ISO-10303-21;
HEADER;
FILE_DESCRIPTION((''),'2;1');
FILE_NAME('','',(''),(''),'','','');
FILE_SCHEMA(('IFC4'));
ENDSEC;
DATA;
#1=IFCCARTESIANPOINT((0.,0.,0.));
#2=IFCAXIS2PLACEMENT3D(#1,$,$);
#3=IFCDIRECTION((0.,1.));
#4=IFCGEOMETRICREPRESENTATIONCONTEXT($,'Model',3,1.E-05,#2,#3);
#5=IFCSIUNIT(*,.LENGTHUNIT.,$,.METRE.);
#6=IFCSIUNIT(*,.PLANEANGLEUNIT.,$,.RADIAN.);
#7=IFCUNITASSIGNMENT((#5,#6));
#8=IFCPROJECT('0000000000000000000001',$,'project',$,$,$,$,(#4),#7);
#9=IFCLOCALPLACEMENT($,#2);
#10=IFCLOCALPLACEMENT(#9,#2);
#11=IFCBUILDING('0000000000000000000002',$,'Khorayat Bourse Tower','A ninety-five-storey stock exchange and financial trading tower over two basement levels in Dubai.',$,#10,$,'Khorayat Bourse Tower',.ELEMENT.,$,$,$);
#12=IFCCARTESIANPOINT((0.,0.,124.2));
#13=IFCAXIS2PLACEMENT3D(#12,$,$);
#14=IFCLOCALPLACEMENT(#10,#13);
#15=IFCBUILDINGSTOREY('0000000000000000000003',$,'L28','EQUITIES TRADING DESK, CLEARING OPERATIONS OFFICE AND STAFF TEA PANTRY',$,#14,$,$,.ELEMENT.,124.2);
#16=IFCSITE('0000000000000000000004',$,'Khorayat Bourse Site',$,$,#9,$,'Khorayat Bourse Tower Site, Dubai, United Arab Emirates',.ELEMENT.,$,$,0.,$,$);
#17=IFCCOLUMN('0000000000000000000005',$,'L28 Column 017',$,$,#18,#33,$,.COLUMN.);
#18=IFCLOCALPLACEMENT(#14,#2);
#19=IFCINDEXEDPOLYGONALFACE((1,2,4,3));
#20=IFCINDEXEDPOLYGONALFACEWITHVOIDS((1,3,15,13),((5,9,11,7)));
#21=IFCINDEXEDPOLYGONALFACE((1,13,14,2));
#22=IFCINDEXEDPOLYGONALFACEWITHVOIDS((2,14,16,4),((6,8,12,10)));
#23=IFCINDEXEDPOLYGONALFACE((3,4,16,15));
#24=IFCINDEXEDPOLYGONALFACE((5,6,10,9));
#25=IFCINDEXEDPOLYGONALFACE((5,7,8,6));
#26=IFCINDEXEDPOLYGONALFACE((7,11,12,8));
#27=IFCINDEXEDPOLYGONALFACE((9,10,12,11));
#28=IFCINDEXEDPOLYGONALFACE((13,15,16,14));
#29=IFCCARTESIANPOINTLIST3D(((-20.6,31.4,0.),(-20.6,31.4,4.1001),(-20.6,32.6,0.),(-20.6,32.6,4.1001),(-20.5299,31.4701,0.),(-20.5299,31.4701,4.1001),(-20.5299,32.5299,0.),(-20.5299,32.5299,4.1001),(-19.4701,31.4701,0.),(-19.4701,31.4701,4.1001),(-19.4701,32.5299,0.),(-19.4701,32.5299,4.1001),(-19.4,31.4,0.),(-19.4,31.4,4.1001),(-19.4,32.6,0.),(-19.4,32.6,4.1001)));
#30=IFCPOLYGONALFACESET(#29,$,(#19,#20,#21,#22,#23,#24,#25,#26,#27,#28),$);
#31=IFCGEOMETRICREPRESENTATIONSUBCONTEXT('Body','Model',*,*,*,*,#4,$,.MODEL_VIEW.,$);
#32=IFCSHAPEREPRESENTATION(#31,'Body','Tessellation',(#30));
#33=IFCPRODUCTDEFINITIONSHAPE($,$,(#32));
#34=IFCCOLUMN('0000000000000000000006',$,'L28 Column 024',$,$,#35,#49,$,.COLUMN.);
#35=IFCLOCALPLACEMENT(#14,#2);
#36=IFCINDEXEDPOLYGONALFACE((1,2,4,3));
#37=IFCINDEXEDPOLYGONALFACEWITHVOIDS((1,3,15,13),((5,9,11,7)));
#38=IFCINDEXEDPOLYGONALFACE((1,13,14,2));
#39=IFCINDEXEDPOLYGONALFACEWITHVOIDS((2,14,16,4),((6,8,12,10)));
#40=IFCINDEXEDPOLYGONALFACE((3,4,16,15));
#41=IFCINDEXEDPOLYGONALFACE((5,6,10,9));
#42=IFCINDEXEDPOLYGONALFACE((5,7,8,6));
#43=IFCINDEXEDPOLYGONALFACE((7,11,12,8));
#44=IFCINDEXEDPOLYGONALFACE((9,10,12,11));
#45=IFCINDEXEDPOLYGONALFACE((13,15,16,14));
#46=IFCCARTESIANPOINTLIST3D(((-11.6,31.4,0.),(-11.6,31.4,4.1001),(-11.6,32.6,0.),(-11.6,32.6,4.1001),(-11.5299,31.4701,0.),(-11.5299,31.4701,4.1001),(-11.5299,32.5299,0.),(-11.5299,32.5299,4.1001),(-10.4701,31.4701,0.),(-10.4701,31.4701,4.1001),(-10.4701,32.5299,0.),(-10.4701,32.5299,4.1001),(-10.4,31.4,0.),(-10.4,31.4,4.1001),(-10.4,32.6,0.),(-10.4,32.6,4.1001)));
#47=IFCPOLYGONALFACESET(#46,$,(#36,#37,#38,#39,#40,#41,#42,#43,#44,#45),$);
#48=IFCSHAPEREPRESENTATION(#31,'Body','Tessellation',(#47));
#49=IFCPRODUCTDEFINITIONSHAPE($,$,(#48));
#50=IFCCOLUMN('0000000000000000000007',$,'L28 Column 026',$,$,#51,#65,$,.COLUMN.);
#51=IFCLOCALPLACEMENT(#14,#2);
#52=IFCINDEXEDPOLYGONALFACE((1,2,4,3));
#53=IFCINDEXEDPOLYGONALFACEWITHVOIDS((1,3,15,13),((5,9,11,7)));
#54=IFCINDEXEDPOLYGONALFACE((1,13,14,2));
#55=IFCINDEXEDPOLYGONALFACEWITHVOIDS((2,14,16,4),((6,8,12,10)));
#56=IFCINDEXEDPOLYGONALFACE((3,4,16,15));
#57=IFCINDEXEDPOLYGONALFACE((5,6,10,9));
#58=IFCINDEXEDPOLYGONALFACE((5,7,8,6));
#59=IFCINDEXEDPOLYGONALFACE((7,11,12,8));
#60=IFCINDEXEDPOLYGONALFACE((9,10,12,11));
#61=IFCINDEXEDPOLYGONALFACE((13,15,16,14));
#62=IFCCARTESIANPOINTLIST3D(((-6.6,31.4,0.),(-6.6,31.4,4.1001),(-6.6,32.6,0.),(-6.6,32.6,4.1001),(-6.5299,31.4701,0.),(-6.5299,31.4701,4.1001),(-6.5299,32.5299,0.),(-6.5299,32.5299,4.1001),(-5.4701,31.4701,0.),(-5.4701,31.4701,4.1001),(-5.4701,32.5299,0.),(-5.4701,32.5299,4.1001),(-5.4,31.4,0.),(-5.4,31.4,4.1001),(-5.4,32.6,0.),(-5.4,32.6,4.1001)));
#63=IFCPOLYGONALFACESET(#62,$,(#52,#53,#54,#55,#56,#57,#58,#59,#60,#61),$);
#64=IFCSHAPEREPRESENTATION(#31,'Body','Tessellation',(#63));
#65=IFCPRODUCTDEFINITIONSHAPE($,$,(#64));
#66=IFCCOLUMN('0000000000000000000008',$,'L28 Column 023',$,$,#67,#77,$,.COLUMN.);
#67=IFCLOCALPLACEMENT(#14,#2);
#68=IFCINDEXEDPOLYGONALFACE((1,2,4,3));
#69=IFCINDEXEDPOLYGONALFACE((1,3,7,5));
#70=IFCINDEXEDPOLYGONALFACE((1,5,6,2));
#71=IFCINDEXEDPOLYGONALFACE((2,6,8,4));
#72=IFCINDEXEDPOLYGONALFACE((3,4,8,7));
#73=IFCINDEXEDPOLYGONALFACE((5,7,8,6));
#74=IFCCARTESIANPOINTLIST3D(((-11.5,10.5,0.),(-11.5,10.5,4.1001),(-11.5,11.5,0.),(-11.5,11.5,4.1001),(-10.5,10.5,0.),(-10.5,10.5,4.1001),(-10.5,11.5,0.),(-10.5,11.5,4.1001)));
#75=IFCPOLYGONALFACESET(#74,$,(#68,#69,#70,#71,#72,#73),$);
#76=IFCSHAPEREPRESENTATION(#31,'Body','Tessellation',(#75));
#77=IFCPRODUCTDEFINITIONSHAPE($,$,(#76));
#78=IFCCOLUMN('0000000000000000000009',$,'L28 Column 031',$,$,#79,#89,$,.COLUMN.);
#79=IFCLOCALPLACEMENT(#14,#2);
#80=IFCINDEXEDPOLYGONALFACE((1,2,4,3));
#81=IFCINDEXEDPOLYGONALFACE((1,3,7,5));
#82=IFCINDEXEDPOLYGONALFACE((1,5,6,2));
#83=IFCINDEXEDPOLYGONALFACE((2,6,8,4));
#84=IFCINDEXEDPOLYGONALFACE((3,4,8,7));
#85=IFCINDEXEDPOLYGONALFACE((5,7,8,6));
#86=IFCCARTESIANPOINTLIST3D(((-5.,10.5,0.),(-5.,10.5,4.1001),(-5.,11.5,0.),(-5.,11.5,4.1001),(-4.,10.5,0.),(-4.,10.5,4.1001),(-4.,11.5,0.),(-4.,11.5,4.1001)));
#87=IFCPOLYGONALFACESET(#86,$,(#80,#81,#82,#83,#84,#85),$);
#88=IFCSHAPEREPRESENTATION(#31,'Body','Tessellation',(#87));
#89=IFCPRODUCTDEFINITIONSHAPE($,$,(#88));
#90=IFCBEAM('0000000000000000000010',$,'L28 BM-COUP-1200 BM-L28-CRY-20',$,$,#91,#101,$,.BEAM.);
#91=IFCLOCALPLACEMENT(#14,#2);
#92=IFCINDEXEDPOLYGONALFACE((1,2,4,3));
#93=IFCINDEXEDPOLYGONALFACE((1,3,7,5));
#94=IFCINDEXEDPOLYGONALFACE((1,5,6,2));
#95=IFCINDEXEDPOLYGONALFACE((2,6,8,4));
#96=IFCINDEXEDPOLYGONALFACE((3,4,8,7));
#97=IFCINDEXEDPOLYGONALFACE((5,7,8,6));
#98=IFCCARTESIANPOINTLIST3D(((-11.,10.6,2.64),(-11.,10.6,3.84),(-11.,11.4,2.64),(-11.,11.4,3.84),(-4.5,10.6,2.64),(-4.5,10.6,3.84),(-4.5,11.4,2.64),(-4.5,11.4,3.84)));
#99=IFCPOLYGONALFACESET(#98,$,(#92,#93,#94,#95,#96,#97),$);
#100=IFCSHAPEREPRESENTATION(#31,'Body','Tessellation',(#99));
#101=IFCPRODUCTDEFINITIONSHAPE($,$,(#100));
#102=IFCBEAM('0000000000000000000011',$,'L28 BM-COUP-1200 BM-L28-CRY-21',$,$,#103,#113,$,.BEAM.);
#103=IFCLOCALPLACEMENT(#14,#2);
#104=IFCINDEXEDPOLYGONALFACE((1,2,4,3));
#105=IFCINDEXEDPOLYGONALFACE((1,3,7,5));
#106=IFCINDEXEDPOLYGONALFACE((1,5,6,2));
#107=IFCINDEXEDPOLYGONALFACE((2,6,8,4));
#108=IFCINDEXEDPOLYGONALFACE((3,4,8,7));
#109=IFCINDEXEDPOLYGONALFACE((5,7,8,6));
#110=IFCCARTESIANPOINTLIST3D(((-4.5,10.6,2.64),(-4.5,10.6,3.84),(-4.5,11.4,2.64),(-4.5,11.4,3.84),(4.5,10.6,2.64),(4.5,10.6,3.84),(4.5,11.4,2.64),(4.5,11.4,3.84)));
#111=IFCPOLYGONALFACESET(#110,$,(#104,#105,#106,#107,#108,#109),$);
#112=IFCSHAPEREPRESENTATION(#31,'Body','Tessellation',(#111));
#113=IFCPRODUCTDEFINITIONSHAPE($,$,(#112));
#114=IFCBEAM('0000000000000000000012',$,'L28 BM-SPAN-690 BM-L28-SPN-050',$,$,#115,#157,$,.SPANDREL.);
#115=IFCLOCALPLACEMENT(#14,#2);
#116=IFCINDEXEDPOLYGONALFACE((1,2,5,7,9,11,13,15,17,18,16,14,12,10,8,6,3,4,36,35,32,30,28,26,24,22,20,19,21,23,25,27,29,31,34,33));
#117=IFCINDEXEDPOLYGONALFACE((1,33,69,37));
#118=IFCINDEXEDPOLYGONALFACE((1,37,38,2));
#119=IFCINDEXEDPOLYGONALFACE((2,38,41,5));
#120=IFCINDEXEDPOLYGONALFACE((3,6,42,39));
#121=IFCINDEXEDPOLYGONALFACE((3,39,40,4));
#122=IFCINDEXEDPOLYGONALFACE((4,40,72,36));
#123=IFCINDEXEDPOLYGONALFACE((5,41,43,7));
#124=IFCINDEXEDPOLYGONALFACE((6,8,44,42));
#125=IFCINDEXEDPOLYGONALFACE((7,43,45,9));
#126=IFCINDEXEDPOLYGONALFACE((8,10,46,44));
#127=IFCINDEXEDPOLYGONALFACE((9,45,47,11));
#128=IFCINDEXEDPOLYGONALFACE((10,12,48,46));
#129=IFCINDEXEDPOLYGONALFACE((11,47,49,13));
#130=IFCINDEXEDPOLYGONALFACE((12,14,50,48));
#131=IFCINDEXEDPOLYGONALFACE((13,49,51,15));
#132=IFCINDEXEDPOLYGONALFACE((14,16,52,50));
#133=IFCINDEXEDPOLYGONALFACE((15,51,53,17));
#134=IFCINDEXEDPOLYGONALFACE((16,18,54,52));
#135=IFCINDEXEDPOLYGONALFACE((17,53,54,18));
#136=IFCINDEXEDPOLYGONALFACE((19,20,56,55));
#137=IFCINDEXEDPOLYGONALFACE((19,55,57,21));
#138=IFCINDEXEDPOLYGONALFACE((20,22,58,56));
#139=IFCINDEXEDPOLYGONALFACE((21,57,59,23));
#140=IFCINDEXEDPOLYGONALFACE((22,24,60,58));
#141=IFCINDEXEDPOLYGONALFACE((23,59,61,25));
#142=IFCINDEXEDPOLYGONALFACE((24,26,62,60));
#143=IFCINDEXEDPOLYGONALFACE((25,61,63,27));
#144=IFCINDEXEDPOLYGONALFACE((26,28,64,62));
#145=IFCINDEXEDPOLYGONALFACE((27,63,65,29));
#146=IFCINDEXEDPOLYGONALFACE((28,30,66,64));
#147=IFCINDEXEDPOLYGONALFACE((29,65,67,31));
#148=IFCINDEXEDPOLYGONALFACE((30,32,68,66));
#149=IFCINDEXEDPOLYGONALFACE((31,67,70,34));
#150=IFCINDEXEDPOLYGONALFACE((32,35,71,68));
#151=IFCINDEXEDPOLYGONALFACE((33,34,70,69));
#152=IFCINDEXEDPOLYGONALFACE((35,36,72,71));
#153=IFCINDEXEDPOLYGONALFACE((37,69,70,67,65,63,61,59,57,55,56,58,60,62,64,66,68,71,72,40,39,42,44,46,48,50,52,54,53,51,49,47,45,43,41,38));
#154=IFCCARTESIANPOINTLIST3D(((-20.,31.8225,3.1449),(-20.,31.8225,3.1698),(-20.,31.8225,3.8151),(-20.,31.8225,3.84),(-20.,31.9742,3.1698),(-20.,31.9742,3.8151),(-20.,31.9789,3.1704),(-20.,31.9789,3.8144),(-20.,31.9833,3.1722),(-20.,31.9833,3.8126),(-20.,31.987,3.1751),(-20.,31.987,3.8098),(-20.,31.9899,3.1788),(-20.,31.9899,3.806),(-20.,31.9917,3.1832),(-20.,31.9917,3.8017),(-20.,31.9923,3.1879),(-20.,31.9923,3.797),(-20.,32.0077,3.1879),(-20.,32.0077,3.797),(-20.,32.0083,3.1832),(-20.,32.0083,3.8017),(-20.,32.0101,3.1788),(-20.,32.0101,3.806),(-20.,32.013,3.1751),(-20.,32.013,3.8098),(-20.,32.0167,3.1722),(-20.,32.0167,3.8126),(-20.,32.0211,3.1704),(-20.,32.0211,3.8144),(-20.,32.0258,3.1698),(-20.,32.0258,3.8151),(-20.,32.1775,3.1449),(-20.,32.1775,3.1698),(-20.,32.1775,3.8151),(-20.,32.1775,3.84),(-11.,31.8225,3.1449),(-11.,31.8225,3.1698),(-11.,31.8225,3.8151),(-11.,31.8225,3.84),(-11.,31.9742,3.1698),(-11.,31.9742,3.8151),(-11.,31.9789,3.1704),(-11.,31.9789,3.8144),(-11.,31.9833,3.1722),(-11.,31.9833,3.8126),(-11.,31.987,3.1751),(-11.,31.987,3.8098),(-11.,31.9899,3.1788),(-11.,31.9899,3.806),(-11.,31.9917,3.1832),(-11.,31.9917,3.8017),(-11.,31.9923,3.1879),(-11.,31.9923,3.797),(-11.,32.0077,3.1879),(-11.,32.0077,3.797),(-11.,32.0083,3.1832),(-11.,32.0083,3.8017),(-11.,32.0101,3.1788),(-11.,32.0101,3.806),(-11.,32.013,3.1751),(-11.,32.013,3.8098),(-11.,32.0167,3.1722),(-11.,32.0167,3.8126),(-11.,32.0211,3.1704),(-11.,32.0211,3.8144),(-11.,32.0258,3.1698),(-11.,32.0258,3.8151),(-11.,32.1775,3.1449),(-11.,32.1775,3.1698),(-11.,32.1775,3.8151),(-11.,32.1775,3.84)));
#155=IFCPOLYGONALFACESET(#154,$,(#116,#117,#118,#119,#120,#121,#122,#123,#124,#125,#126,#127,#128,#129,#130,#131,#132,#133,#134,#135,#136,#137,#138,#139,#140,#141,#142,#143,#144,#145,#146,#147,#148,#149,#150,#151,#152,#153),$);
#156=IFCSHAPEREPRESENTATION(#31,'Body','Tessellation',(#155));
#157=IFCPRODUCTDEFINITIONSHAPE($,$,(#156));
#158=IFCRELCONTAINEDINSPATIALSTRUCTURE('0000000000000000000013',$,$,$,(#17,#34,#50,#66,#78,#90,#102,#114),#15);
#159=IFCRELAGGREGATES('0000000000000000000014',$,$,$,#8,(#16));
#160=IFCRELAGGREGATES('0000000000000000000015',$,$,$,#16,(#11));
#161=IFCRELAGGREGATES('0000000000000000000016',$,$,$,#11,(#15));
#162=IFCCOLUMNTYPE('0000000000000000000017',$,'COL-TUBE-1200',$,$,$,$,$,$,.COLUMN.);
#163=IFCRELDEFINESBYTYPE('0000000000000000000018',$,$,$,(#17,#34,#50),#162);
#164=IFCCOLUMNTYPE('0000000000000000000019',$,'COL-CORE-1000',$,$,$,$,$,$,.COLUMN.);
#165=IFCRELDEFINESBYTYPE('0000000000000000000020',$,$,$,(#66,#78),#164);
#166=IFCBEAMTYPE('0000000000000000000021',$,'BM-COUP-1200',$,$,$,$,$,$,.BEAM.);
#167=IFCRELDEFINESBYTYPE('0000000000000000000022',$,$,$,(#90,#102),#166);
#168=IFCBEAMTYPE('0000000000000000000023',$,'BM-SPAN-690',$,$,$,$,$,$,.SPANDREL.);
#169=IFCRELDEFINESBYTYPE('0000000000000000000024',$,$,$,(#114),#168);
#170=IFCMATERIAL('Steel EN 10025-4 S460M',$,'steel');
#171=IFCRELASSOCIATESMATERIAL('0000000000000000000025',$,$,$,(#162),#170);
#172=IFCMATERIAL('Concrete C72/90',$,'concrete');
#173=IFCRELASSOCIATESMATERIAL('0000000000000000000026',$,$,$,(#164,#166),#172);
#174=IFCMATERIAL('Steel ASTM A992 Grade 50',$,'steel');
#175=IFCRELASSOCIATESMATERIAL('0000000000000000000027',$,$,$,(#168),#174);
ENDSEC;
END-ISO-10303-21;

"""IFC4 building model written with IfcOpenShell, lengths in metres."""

from ifc_helpers import new_model, si_unit, direction, frame, origin, origin_2d, place, context, subcontext, project, spatial, rectangle, hollow_rectangle, i_section, extrude, source, transform, mapped, material, material_profile, profile_set, type_object, element, save


model = new_model("IFC4")

# Units and contexts
model_context = context("Model", 3, precision=1e-05, world=origin(), true_north=direction((0.0, 1.0)))
body_context = subcontext(model_context, "Body", "Model", "MODEL_VIEW")
ifc_project = project(units=[si_unit("LENGTHUNIT", "METRE"), si_unit("PLANEANGLEUNIT", "RADIAN")], contexts=[model_context])

# Site, building, storey
site_placement = place(None, origin())
site = spatial("IfcSite", under=ifc_project, at=site_placement, Name="Khorayat Bourse Site", LongName="Khorayat Bourse Tower Site, Dubai, United Arab Emirates", CompositionType="ELEMENT", RefElevation=0.0)
building_placement = place(site_placement, origin())
building = spatial("IfcBuilding", under=site, at=building_placement, Name="Khorayat Bourse Tower", Description="A ninety-five-storey stock exchange and financial trading tower over two basement levels in Dubai.", LongName="Khorayat Bourse Tower", CompositionType="ELEMENT")
storey_placement = place(building_placement, frame((0.0, 0.0, 124.2)))
storey = spatial("IfcBuildingStorey", under=building, at=storey_placement, Name="L28", Description="EQUITIES TRADING DESK, CLEARING OPERATIONS OFFICE AND STAFF TEA PANTRY", CompositionType="ELEMENT", Elevation=124.2)

# Columns
ifc_material_1 = material(Name="Steel EN 10025-4 S460M", Category="steel")
ifc_material_profile_1 = material_profile(ifc_material_1, hollow_rectangle(XDim=1.2, YDim=1.2, WallThickness=0.0701, at=origin_2d()), Name="BOX 1200x1200x70")
ifc_profile_set_1 = profile_set([ifc_material_profile_1], Name="Steel EN 10025-4 S460M")
column_type_1 = type_object("IfcColumnType", Name="COL-TUBE-1200", PredefinedType="COLUMN", material=ifc_profile_set_1)
shared_shape_1 = source(origin(), body_context, "Body", "SweptSolid", [
    extrude(hollow_rectangle(XDim=1.2, YDim=1.2, WallThickness=0.0701, at=origin_2d()), origin(), (0.0, 0.0, 1.0), 4.1001),
])
for number, where, z_axis, x_axis, name in (
    (1, (-20.0, 32.0, 0.0), (0.0, 0.0, 1.0), (1.0, 0.0, 0.0), "L28 Column 017"),
    (2, (-11.0, 32.0, 0.0), (0.0, 0.0, 1.0), (1.0, 0.0, 0.0), "L28 Column 024"),
    (3, (-6.0, 32.0, 0.0), (0.0, 0.0, 1.0), (1.0, 0.0, 0.0), "L28 Column 026"),
):
    element("IfcColumn", number, at=place(storey_placement, frame(where, z_axis=z_axis, x_axis=x_axis)), inside=storey, type_object=column_type_1, Name=name, PredefinedType="COLUMN", context=body_context, shape_type="MappedRepresentation", body=[
        mapped(shared_shape_1, transform((0.0, 0.0, 0.0), scale=1.0)),
    ])
ifc_material_2 = material(Name="Concrete C72/90", Category="concrete")
ifc_material_profile_2 = material_profile(ifc_material_2, rectangle(XDim=1.0, YDim=1.0, at=origin_2d()), Name="RC 1000x1000")
ifc_profile_set_2 = profile_set([ifc_material_profile_2], Name="Concrete C72/90")
column_type_2 = type_object("IfcColumnType", Name="COL-CORE-1000", PredefinedType="COLUMN", material=ifc_profile_set_2)
shared_shape_2 = source(origin(), body_context, "Body", "SweptSolid", [
    extrude(rectangle(XDim=1.0, YDim=1.0, at=origin_2d()), origin(), (0.0, 0.0, 1.0), 4.1001),
])
for number, where, z_axis, x_axis, name in (
    (4, (-11.0, 11.0, 0.0), (0.0, 0.0, 1.0), (1.0, 0.0, 0.0), "L28 Column 023"),
    (5, (-4.5, 11.0, 0.0), (0.0, 0.0, 1.0), (1.0, 0.0, 0.0), "L28 Column 031"),
):
    element("IfcColumn", number, at=place(storey_placement, frame(where, z_axis=z_axis, x_axis=x_axis)), inside=storey, type_object=column_type_2, Name=name, PredefinedType="COLUMN", context=body_context, shape_type="MappedRepresentation", body=[
        mapped(shared_shape_2, transform((0.0, 0.0, 0.0), scale=1.0)),
    ])

# Beams
ifc_material_profile_3 = material_profile(ifc_material_2, rectangle(XDim=0.8, YDim=1.2, at=origin_2d()), Name="RC 800x1200")
ifc_profile_set_3 = profile_set([ifc_material_profile_3], Name="Concrete C72/90")
beam_type_1 = type_object("IfcBeamType", Name="BM-COUP-1200", PredefinedType="BEAM", material=ifc_profile_set_3)
shared_shape_3 = source(origin(), body_context, "Body", "SweptSolid", [
    extrude(rectangle(XDim=0.8, YDim=1.2, at=origin_2d()), origin(), (0.0, 0.0, 1.0), 6.5),
])
beam_1_placement = place(storey_placement, frame((-11.0, 11.0, 3.24), z_axis=(1.0, 0.0, 0.0), x_axis=(0.0, 1.0, 0.0)))
element("IfcBeam", 6, at=beam_1_placement, inside=storey, type_object=beam_type_1, Name="L28 BM-COUP-1200 BM-L28-CRY-20", PredefinedType="BEAM", context=body_context, shape_type="MappedRepresentation", body=[
    mapped(shared_shape_3, transform((0.0, 0.0, 0.0), scale=1.0)),
])
shared_shape_4 = source(origin(), body_context, "Body", "SweptSolid", [
    extrude(rectangle(XDim=0.8, YDim=1.2, at=origin_2d()), origin(), (0.0, 0.0, 1.0), 9.0),
])
beam_2_placement = place(storey_placement, frame((-4.5, 11.0, 3.24), z_axis=(1.0, 0.0, 0.0), x_axis=(0.0, 1.0, 0.0)))
element("IfcBeam", 7, at=beam_2_placement, inside=storey, type_object=beam_type_1, Name="L28 BM-COUP-1200 BM-L28-CRY-21", PredefinedType="BEAM", context=body_context, shape_type="MappedRepresentation", body=[
    mapped(shared_shape_4, transform((0.0, 0.0, 0.0), scale=1.0)),
])
ifc_material_3 = material(Name="Steel ASTM A992 Grade 50", Category="steel")
ifc_material_profile_4 = material_profile(ifc_material_3, i_section(OverallWidth=0.355, OverallDepth=0.6951, WebThickness=0.0154, FlangeThickness=0.0249, FilletRadius=0.0181, at=origin_2d()), Name="W690X217")
ifc_profile_set_4 = profile_set([ifc_material_profile_4], Name="Steel ASTM A992 Grade 50")
beam_type_2 = type_object("IfcBeamType", Name="BM-SPAN-690", PredefinedType="SPANDREL", material=ifc_profile_set_4)
shared_shape_5 = source(origin(), body_context, "Body", "SweptSolid", [
    extrude(i_section(OverallWidth=0.355, OverallDepth=0.6951, WebThickness=0.0154, FlangeThickness=0.0249, FilletRadius=0.0181, at=origin_2d()), origin(), (0.0, 0.0, 1.0), 9.0),
])
beam_3_placement = place(storey_placement, frame((-20.0, 32.0, 3.4924), z_axis=(1.0, 0.0, 0.0), x_axis=(0.0, 1.0, 0.0)))
element("IfcBeam", 8, at=beam_3_placement, inside=storey, type_object=beam_type_2, Name="L28 BM-SPAN-690 BM-L28-SPN-050", PredefinedType="SPANDREL", context=body_context, shape_type="MappedRepresentation", body=[
    mapped(shared_shape_5, transform((0.0, 0.0, 0.0), scale=1.0)),
])

save(model, "model.ifc")
